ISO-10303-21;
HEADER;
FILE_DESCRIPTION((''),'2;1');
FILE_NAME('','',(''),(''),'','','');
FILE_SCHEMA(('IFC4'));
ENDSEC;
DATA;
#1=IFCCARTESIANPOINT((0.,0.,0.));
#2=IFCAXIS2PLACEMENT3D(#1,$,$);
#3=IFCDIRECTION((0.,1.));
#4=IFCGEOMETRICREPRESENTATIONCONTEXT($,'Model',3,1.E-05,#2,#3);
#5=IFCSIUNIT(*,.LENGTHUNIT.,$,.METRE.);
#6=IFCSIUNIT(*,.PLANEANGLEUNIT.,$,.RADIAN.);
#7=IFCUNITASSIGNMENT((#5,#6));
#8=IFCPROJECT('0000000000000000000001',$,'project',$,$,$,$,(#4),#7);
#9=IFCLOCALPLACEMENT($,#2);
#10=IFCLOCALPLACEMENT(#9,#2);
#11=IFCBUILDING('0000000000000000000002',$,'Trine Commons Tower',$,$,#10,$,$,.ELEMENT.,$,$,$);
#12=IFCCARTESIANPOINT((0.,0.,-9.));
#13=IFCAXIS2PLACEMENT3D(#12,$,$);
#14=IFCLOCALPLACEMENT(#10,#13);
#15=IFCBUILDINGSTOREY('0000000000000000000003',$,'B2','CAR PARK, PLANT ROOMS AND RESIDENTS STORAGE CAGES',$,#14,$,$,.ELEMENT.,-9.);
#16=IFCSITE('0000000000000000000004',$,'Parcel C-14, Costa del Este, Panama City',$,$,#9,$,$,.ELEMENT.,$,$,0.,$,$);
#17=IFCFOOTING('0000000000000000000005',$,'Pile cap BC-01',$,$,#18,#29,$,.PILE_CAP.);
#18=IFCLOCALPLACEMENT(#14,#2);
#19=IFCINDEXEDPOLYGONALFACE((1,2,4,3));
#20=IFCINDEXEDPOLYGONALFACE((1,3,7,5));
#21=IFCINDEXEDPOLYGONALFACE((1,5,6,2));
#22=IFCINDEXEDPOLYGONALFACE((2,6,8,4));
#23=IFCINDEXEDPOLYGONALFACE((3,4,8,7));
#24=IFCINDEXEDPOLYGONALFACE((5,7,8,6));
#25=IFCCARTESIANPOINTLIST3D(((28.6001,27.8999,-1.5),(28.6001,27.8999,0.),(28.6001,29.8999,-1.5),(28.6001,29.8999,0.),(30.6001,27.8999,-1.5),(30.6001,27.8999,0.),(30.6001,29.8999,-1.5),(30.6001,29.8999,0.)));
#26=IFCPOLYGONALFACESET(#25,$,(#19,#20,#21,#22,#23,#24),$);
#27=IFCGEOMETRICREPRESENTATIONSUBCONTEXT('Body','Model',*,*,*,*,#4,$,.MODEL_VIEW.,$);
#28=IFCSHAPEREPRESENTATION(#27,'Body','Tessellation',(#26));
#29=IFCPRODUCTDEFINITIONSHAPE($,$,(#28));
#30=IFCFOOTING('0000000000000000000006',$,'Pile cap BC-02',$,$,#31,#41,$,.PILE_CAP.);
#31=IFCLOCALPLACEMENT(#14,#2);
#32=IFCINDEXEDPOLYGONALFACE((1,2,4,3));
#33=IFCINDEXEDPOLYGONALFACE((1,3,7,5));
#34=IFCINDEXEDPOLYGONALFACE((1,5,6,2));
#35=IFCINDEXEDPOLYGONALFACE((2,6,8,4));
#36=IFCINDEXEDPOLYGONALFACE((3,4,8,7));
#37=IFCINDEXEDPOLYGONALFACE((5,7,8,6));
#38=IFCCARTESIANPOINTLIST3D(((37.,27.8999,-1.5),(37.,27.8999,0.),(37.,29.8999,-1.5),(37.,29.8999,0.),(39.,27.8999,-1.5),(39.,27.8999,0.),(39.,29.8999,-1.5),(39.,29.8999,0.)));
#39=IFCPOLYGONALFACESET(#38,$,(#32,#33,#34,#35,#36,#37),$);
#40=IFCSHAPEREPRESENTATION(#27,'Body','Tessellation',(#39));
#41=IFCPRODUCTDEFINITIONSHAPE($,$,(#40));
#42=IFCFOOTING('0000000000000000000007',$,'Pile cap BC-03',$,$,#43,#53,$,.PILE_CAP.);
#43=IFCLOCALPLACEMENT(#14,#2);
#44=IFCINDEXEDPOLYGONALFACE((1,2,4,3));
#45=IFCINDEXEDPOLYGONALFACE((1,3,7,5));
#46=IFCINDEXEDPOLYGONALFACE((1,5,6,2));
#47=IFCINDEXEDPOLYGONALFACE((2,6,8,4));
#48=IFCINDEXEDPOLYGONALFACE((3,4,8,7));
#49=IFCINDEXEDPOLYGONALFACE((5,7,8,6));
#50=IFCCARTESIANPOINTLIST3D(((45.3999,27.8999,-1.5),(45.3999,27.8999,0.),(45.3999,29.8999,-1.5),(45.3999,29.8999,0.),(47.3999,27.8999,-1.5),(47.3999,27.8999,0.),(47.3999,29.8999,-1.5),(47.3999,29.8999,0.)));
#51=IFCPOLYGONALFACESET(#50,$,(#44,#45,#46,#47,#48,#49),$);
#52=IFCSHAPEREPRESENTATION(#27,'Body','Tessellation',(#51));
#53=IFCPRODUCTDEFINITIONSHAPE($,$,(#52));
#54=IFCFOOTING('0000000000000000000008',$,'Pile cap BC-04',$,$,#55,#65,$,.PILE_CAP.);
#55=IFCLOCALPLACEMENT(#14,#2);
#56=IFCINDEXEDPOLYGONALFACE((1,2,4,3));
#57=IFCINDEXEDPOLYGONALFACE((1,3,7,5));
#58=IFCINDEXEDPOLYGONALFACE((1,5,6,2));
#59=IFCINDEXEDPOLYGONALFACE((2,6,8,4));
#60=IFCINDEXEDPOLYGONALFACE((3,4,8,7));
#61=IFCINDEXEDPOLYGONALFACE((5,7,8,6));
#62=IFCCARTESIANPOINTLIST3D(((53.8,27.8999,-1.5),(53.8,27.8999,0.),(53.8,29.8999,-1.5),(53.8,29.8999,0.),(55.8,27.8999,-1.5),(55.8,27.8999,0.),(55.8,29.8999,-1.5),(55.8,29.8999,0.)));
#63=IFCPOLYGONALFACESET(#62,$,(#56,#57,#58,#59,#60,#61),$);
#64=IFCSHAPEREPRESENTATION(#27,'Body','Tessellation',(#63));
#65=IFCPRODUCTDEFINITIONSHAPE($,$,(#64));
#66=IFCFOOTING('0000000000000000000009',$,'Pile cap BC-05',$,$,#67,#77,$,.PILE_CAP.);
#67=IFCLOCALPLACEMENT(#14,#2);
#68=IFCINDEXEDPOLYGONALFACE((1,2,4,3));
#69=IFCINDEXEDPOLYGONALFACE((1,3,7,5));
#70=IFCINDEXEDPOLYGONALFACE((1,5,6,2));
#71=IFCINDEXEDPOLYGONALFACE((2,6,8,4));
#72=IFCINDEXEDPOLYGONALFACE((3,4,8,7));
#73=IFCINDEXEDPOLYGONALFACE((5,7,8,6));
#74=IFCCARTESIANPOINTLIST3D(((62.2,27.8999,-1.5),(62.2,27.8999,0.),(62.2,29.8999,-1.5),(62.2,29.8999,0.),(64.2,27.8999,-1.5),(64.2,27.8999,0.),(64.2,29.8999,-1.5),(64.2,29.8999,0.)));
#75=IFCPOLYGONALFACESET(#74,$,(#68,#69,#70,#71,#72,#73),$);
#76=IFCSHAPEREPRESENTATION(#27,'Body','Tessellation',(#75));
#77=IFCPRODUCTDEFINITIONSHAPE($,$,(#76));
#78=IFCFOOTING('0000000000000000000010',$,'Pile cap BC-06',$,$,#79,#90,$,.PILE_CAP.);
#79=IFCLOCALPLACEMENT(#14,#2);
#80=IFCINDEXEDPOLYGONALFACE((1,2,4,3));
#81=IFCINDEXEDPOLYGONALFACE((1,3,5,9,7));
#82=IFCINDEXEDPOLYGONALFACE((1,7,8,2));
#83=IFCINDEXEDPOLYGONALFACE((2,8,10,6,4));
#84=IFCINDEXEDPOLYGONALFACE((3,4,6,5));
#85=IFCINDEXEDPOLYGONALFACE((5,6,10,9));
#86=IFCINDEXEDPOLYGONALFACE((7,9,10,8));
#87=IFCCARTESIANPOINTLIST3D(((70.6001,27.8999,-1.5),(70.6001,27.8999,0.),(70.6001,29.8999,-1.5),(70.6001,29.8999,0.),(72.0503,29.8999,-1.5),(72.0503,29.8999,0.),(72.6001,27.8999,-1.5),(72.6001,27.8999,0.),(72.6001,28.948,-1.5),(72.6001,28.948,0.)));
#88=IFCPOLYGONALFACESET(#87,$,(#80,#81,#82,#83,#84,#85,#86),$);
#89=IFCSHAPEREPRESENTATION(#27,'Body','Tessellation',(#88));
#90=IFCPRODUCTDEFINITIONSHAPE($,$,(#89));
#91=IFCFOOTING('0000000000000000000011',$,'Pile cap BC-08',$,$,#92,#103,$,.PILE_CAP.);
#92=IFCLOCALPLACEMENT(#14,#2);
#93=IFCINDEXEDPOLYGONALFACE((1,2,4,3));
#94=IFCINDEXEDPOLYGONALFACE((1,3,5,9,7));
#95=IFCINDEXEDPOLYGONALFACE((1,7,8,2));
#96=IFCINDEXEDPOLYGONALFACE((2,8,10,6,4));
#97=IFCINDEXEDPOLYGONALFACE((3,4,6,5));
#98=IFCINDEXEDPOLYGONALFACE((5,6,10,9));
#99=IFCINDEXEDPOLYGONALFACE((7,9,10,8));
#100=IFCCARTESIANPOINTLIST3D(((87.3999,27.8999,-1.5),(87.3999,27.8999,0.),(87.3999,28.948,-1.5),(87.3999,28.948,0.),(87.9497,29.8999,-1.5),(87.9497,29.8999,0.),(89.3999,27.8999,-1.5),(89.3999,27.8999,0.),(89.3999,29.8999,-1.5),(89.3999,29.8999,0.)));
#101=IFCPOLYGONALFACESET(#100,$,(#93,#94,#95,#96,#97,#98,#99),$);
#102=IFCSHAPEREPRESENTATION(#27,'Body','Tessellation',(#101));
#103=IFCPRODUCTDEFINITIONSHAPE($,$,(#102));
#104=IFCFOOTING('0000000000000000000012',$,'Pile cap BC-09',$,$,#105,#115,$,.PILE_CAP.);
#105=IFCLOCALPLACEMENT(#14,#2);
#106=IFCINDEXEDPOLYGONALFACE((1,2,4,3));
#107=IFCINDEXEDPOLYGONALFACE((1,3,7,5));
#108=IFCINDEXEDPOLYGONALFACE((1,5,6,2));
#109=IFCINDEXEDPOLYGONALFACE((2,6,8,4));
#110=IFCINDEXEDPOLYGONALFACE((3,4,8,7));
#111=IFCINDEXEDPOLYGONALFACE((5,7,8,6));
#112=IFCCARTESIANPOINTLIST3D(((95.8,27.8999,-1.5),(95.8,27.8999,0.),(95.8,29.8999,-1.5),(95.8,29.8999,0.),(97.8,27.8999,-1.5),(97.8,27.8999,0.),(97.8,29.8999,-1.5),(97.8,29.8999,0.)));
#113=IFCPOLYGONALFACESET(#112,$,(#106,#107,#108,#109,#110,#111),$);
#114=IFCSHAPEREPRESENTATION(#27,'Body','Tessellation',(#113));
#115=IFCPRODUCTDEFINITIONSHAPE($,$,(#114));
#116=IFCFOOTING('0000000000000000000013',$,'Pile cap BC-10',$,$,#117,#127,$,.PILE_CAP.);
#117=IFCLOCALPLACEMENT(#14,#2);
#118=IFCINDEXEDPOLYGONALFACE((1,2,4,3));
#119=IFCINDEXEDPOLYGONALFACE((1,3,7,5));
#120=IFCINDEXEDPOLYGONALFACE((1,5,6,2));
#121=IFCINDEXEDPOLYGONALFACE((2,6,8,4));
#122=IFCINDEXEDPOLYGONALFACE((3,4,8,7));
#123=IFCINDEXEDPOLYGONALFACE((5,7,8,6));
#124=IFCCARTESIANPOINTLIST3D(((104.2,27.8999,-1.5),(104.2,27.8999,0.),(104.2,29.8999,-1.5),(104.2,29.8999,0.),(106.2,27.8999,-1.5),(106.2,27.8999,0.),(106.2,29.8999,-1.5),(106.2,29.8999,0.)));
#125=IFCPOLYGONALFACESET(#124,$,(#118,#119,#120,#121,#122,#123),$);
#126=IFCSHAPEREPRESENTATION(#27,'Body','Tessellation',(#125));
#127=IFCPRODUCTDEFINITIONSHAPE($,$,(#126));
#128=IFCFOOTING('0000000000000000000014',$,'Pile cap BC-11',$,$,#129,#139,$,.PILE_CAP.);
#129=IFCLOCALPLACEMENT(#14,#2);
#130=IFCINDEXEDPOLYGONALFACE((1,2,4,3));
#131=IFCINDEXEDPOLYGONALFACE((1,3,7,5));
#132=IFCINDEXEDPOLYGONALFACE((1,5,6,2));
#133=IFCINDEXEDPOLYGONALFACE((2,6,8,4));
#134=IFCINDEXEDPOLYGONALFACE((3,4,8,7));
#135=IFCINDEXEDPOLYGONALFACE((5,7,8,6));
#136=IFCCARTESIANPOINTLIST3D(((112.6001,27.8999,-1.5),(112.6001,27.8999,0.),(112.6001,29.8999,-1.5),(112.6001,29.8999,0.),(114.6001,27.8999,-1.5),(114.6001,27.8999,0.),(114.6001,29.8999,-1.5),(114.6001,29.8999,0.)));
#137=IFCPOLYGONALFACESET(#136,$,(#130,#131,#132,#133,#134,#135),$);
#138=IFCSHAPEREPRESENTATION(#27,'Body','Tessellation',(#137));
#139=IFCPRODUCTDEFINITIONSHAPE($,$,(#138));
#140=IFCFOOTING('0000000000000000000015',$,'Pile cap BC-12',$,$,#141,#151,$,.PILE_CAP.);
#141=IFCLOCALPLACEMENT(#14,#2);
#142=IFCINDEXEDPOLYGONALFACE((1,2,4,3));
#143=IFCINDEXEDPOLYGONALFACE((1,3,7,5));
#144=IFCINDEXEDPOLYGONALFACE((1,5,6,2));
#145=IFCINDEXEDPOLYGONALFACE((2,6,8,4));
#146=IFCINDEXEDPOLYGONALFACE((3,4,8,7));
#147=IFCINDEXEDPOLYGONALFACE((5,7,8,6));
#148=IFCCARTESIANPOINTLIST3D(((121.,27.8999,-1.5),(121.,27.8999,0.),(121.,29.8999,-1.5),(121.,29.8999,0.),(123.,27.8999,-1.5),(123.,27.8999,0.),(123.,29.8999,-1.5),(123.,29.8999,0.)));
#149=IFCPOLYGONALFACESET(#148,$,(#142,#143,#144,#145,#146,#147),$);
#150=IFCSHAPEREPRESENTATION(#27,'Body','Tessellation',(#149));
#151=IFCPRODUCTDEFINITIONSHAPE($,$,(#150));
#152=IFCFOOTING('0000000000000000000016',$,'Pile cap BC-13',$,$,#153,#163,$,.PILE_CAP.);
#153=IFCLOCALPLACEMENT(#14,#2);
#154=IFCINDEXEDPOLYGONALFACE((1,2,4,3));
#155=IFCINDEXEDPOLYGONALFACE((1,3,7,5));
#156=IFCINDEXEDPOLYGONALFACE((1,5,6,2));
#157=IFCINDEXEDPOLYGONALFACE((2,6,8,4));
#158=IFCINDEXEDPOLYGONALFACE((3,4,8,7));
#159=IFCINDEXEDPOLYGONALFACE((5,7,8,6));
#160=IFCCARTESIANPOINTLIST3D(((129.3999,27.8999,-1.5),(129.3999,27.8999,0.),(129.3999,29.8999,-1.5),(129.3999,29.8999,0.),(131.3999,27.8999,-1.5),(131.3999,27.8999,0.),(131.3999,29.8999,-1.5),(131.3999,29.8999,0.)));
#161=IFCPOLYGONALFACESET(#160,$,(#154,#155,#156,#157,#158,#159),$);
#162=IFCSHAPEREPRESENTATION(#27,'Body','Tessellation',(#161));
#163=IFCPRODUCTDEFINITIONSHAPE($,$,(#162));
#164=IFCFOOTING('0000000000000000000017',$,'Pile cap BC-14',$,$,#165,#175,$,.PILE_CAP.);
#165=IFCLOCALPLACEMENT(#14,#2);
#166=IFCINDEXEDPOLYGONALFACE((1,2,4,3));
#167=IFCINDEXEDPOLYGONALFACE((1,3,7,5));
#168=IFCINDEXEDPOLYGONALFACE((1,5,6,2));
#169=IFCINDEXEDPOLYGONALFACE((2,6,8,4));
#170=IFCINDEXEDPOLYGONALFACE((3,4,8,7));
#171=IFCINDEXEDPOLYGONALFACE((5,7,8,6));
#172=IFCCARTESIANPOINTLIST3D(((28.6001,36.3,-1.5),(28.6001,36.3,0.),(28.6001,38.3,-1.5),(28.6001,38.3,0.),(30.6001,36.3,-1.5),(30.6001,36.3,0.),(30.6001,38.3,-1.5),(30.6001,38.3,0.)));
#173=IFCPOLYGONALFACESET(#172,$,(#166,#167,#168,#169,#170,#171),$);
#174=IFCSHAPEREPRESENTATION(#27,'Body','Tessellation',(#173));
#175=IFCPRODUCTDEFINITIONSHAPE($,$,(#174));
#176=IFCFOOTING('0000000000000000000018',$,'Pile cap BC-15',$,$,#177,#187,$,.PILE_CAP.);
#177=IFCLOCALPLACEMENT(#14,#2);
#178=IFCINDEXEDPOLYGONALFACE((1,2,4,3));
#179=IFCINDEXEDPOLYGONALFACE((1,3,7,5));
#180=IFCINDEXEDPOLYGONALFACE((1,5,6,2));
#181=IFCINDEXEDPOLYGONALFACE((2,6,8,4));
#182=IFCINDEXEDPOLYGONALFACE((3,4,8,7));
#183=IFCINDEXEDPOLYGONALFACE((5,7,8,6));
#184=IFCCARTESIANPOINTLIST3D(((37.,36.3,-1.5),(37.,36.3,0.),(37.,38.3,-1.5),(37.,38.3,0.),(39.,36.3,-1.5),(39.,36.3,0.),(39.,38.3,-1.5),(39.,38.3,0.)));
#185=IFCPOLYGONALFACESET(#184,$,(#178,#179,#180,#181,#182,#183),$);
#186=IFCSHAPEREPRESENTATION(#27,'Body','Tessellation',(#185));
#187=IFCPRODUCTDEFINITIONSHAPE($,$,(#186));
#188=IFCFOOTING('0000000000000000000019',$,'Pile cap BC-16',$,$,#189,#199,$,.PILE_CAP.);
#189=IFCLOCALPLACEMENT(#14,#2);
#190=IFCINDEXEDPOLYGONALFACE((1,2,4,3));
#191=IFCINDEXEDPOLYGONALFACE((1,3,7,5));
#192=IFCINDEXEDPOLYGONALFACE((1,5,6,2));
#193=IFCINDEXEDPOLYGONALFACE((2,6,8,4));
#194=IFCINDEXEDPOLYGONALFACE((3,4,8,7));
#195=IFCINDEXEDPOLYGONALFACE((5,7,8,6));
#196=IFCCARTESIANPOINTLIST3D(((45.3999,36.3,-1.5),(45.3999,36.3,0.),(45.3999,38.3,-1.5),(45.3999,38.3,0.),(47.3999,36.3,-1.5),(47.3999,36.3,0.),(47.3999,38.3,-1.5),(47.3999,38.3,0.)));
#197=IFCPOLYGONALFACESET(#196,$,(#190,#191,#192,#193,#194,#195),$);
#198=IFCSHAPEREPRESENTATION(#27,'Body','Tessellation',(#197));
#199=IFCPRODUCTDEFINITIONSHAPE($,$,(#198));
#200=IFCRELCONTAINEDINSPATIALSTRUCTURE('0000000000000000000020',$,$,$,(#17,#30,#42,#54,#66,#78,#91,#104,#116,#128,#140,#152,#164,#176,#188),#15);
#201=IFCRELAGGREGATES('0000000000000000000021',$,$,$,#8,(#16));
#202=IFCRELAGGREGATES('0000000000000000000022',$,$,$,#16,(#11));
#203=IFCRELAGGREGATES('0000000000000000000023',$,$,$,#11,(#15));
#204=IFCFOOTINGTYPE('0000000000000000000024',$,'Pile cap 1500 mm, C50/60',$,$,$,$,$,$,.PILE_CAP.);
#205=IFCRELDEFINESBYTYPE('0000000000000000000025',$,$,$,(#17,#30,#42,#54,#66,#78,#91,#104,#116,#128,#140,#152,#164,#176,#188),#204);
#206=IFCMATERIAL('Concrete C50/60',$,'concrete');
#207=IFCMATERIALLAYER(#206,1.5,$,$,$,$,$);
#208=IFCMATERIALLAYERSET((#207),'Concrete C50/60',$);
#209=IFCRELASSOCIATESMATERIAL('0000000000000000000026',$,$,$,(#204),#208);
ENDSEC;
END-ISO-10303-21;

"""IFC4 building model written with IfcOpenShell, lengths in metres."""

from ifc_helpers import new_model, si_unit, direction, frame, origin, place, context, subcontext, project, spatial, polyline, outline, extrude, material, layer, layer_set, type_object, element, save


model = new_model("IFC4")

# Units and contexts
model_context = context("Model", 3, precision=1e-05, world=origin(), true_north=direction((0.0, 1.0)))
body_context = subcontext(model_context, "Body", "Model", "MODEL_VIEW")
ifc_project = project(units=[si_unit("LENGTHUNIT", "METRE"), si_unit("PLANEANGLEUNIT", "RADIAN")], contexts=[model_context])

# Site, building, storey
site_placement = place(None, origin())
site = spatial("IfcSite", under=ifc_project, at=site_placement, Name="Parcel C-14, Costa del Este, Panama City", CompositionType="ELEMENT", RefElevation=0.0)
building_placement = place(site_placement, origin())
building = spatial("IfcBuilding", under=site, at=building_placement, Name="Trine Commons Tower", CompositionType="ELEMENT")
storey_placement = place(building_placement, frame((0.0, 0.0, -9.0)))
storey = spatial("IfcBuildingStorey", under=building, at=storey_placement, Name="B2", Description="CAR PARK, PLANT ROOMS AND RESIDENTS STORAGE CAGES", CompositionType="ELEMENT", Elevation=-9.0)

# Footings
ifc_material = material(Name="Concrete C50/60", Category="concrete")
ifc_layer_1 = layer(ifc_material, 1.5)
ifc_layer_set_1 = layer_set([ifc_layer_1], Name="Concrete C50/60")
footing_type_1 = type_object("IfcFootingType", Name="Pile cap 1500 mm, C50/60", PredefinedType="PILE_CAP", material=ifc_layer_set_1)
footing_1_placement = place(storey_placement, frame((0.0, 0.0, -1.5)))
element("IfcFooting", 1, at=footing_1_placement, inside=storey, type_object=footing_type_1, Name="Pile cap BC-01", PredefinedType="PILE_CAP", context=body_context, shape_type="SweptSolid", body=[
    extrude(outline(polyline([(28.6001, 27.8999), (28.6001, 29.8999), (30.6001, 29.8999), (30.6001, 27.8999), (28.6001, 27.8999)])), origin(), (0.0, 0.0, 1.0), 1.5),
])
footing_2_placement = place(storey_placement, frame((0.0, 0.0, -1.5)))
element("IfcFooting", 2, at=footing_2_placement, inside=storey, type_object=footing_type_1, Name="Pile cap BC-02", PredefinedType="PILE_CAP", context=body_context, shape_type="SweptSolid", body=[
    extrude(outline(polyline([(37.0, 27.8999), (37.0, 29.8999), (39.0, 29.8999), (39.0, 27.8999), (37.0, 27.8999)])), origin(), (0.0, 0.0, 1.0), 1.5),
])
footing_3_placement = place(storey_placement, frame((0.0, 0.0, -1.5)))
element("IfcFooting", 3, at=footing_3_placement, inside=storey, type_object=footing_type_1, Name="Pile cap BC-03", PredefinedType="PILE_CAP", context=body_context, shape_type="SweptSolid", body=[
    extrude(outline(polyline([(45.3999, 27.8999), (45.3999, 29.8999), (47.3999, 29.8999), (47.3999, 27.8999), (45.3999, 27.8999)])), origin(), (0.0, 0.0, 1.0), 1.5),
])
footing_4_placement = place(storey_placement, frame((0.0, 0.0, -1.5)))
element("IfcFooting", 4, at=footing_4_placement, inside=storey, type_object=footing_type_1, Name="Pile cap BC-04", PredefinedType="PILE_CAP", context=body_context, shape_type="SweptSolid", body=[
    extrude(outline(polyline([(53.8, 27.8999), (53.8, 29.8999), (55.8, 29.8999), (55.8, 27.8999), (53.8, 27.8999)])), origin(), (0.0, 0.0, 1.0), 1.5),
])
footing_5_placement = place(storey_placement, frame((0.0, 0.0, -1.5)))
element("IfcFooting", 5, at=footing_5_placement, inside=storey, type_object=footing_type_1, Name="Pile cap BC-05", PredefinedType="PILE_CAP", context=body_context, shape_type="SweptSolid", body=[
    extrude(outline(polyline([(62.2, 27.8999), (62.2, 29.8999), (64.2, 29.8999), (64.2, 27.8999), (62.2, 27.8999)])), origin(), (0.0, 0.0, 1.0), 1.5),
])
footing_6_placement = place(storey_placement, frame((0.0, 0.0, -1.5)))
element("IfcFooting", 6, at=footing_6_placement, inside=storey, type_object=footing_type_1, Name="Pile cap BC-06", PredefinedType="PILE_CAP", context=body_context, shape_type="SweptSolid", body=[
    extrude(outline(polyline([(72.6001, 27.8999), (70.6001, 27.8999), (70.6001, 29.8999), (72.0503, 29.8999), (72.6001, 28.948), (72.6001, 27.8999)])), origin(), (0.0, 0.0, 1.0), 1.5),
])
footing_7_placement = place(storey_placement, frame((0.0, 0.0, -1.5)))
element("IfcFooting", 7, at=footing_7_placement, inside=storey, type_object=footing_type_1, Name="Pile cap BC-08", PredefinedType="PILE_CAP", context=body_context, shape_type="SweptSolid", body=[
    extrude(outline(polyline([(89.3999, 29.8999), (89.3999, 27.8999), (87.3999, 27.8999), (87.3999, 28.948), (87.9497, 29.8999), (89.3999, 29.8999)])), origin(), (0.0, 0.0, 1.0), 1.5),
])
footing_8_placement = place(storey_placement, frame((0.0, 0.0, -1.5)))
element("IfcFooting", 8, at=footing_8_placement, inside=storey, type_object=footing_type_1, Name="Pile cap BC-09", PredefinedType="PILE_CAP", context=body_context, shape_type="SweptSolid", body=[
    extrude(outline(polyline([(95.8, 27.8999), (95.8, 29.8999), (97.8, 29.8999), (97.8, 27.8999), (95.8, 27.8999)])), origin(), (0.0, 0.0, 1.0), 1.5),
])
footing_9_placement = place(storey_placement, frame((0.0, 0.0, -1.5)))
element("IfcFooting", 9, at=footing_9_placement, inside=storey, type_object=footing_type_1, Name="Pile cap BC-10", PredefinedType="PILE_CAP", context=body_context, shape_type="SweptSolid", body=[
    extrude(outline(polyline([(104.2, 27.8999), (104.2, 29.8999), (106.2, 29.8999), (106.2, 27.8999), (104.2, 27.8999)])), origin(), (0.0, 0.0, 1.0), 1.5),
])
footing_10_placement = place(storey_placement, frame((0.0, 0.0, -1.5)))
element("IfcFooting", 10, at=footing_10_placement, inside=storey, type_object=footing_type_1, Name="Pile cap BC-11", PredefinedType="PILE_CAP", context=body_context, shape_type="SweptSolid", body=[
    extrude(outline(polyline([(112.6001, 27.8999), (112.6001, 29.8999), (114.6001, 29.8999), (114.6001, 27.8999), (112.6001, 27.8999)])), origin(), (0.0, 0.0, 1.0), 1.5),
])
footing_11_placement = place(storey_placement, frame((0.0, 0.0, -1.5)))
element("IfcFooting", 11, at=footing_11_placement, inside=storey, type_object=footing_type_1, Name="Pile cap BC-12", PredefinedType="PILE_CAP", context=body_context, shape_type="SweptSolid", body=[
    extrude(outline(polyline([(121.0, 27.8999), (121.0, 29.8999), (123.0, 29.8999), (123.0, 27.8999), (121.0, 27.8999)])), origin(), (0.0, 0.0, 1.0), 1.5),
])
footing_12_placement = place(storey_placement, frame((0.0, 0.0, -1.5)))
element("IfcFooting", 12, at=footing_12_placement, inside=storey, type_object=footing_type_1, Name="Pile cap BC-13", PredefinedType="PILE_CAP", context=body_context, shape_type="SweptSolid", body=[
    extrude(outline(polyline([(129.3999, 27.8999), (129.3999, 29.8999), (131.3999, 29.8999), (131.3999, 27.8999), (129.3999, 27.8999)])), origin(), (0.0, 0.0, 1.0), 1.5),
])
footing_13_placement = place(storey_placement, frame((0.0, 0.0, -1.5)))
element("IfcFooting", 13, at=footing_13_placement, inside=storey, type_object=footing_type_1, Name="Pile cap BC-14", PredefinedType="PILE_CAP", context=body_context, shape_type="SweptSolid", body=[
    extrude(outline(polyline([(28.6001, 36.3), (28.6001, 38.3), (30.6001, 38.3), (30.6001, 36.3), (28.6001, 36.3)])), origin(), (0.0, 0.0, 1.0), 1.5),
])
footing_14_placement = place(storey_placement, frame((0.0, 0.0, -1.5)))
element("IfcFooting", 14, at=footing_14_placement, inside=storey, type_object=footing_type_1, Name="Pile cap BC-15", PredefinedType="PILE_CAP", context=body_context, shape_type="SweptSolid", body=[
    extrude(outline(polyline([(37.0, 36.3), (37.0, 38.3), (39.0, 38.3), (39.0, 36.3), (37.0, 36.3)])), origin(), (0.0, 0.0, 1.0), 1.5),
])
footing_15_placement = place(storey_placement, frame((0.0, 0.0, -1.5)))
element("IfcFooting", 15, at=footing_15_placement, inside=storey, type_object=footing_type_1, Name="Pile cap BC-16", PredefinedType="PILE_CAP", context=body_context, shape_type="SweptSolid", body=[
    extrude(outline(polyline([(45.3999, 36.3), (45.3999, 38.3), (47.3999, 38.3), (47.3999, 36.3), (45.3999, 36.3)])), origin(), (0.0, 0.0, 1.0), 1.5),
])

save(model, "model.ifc")
